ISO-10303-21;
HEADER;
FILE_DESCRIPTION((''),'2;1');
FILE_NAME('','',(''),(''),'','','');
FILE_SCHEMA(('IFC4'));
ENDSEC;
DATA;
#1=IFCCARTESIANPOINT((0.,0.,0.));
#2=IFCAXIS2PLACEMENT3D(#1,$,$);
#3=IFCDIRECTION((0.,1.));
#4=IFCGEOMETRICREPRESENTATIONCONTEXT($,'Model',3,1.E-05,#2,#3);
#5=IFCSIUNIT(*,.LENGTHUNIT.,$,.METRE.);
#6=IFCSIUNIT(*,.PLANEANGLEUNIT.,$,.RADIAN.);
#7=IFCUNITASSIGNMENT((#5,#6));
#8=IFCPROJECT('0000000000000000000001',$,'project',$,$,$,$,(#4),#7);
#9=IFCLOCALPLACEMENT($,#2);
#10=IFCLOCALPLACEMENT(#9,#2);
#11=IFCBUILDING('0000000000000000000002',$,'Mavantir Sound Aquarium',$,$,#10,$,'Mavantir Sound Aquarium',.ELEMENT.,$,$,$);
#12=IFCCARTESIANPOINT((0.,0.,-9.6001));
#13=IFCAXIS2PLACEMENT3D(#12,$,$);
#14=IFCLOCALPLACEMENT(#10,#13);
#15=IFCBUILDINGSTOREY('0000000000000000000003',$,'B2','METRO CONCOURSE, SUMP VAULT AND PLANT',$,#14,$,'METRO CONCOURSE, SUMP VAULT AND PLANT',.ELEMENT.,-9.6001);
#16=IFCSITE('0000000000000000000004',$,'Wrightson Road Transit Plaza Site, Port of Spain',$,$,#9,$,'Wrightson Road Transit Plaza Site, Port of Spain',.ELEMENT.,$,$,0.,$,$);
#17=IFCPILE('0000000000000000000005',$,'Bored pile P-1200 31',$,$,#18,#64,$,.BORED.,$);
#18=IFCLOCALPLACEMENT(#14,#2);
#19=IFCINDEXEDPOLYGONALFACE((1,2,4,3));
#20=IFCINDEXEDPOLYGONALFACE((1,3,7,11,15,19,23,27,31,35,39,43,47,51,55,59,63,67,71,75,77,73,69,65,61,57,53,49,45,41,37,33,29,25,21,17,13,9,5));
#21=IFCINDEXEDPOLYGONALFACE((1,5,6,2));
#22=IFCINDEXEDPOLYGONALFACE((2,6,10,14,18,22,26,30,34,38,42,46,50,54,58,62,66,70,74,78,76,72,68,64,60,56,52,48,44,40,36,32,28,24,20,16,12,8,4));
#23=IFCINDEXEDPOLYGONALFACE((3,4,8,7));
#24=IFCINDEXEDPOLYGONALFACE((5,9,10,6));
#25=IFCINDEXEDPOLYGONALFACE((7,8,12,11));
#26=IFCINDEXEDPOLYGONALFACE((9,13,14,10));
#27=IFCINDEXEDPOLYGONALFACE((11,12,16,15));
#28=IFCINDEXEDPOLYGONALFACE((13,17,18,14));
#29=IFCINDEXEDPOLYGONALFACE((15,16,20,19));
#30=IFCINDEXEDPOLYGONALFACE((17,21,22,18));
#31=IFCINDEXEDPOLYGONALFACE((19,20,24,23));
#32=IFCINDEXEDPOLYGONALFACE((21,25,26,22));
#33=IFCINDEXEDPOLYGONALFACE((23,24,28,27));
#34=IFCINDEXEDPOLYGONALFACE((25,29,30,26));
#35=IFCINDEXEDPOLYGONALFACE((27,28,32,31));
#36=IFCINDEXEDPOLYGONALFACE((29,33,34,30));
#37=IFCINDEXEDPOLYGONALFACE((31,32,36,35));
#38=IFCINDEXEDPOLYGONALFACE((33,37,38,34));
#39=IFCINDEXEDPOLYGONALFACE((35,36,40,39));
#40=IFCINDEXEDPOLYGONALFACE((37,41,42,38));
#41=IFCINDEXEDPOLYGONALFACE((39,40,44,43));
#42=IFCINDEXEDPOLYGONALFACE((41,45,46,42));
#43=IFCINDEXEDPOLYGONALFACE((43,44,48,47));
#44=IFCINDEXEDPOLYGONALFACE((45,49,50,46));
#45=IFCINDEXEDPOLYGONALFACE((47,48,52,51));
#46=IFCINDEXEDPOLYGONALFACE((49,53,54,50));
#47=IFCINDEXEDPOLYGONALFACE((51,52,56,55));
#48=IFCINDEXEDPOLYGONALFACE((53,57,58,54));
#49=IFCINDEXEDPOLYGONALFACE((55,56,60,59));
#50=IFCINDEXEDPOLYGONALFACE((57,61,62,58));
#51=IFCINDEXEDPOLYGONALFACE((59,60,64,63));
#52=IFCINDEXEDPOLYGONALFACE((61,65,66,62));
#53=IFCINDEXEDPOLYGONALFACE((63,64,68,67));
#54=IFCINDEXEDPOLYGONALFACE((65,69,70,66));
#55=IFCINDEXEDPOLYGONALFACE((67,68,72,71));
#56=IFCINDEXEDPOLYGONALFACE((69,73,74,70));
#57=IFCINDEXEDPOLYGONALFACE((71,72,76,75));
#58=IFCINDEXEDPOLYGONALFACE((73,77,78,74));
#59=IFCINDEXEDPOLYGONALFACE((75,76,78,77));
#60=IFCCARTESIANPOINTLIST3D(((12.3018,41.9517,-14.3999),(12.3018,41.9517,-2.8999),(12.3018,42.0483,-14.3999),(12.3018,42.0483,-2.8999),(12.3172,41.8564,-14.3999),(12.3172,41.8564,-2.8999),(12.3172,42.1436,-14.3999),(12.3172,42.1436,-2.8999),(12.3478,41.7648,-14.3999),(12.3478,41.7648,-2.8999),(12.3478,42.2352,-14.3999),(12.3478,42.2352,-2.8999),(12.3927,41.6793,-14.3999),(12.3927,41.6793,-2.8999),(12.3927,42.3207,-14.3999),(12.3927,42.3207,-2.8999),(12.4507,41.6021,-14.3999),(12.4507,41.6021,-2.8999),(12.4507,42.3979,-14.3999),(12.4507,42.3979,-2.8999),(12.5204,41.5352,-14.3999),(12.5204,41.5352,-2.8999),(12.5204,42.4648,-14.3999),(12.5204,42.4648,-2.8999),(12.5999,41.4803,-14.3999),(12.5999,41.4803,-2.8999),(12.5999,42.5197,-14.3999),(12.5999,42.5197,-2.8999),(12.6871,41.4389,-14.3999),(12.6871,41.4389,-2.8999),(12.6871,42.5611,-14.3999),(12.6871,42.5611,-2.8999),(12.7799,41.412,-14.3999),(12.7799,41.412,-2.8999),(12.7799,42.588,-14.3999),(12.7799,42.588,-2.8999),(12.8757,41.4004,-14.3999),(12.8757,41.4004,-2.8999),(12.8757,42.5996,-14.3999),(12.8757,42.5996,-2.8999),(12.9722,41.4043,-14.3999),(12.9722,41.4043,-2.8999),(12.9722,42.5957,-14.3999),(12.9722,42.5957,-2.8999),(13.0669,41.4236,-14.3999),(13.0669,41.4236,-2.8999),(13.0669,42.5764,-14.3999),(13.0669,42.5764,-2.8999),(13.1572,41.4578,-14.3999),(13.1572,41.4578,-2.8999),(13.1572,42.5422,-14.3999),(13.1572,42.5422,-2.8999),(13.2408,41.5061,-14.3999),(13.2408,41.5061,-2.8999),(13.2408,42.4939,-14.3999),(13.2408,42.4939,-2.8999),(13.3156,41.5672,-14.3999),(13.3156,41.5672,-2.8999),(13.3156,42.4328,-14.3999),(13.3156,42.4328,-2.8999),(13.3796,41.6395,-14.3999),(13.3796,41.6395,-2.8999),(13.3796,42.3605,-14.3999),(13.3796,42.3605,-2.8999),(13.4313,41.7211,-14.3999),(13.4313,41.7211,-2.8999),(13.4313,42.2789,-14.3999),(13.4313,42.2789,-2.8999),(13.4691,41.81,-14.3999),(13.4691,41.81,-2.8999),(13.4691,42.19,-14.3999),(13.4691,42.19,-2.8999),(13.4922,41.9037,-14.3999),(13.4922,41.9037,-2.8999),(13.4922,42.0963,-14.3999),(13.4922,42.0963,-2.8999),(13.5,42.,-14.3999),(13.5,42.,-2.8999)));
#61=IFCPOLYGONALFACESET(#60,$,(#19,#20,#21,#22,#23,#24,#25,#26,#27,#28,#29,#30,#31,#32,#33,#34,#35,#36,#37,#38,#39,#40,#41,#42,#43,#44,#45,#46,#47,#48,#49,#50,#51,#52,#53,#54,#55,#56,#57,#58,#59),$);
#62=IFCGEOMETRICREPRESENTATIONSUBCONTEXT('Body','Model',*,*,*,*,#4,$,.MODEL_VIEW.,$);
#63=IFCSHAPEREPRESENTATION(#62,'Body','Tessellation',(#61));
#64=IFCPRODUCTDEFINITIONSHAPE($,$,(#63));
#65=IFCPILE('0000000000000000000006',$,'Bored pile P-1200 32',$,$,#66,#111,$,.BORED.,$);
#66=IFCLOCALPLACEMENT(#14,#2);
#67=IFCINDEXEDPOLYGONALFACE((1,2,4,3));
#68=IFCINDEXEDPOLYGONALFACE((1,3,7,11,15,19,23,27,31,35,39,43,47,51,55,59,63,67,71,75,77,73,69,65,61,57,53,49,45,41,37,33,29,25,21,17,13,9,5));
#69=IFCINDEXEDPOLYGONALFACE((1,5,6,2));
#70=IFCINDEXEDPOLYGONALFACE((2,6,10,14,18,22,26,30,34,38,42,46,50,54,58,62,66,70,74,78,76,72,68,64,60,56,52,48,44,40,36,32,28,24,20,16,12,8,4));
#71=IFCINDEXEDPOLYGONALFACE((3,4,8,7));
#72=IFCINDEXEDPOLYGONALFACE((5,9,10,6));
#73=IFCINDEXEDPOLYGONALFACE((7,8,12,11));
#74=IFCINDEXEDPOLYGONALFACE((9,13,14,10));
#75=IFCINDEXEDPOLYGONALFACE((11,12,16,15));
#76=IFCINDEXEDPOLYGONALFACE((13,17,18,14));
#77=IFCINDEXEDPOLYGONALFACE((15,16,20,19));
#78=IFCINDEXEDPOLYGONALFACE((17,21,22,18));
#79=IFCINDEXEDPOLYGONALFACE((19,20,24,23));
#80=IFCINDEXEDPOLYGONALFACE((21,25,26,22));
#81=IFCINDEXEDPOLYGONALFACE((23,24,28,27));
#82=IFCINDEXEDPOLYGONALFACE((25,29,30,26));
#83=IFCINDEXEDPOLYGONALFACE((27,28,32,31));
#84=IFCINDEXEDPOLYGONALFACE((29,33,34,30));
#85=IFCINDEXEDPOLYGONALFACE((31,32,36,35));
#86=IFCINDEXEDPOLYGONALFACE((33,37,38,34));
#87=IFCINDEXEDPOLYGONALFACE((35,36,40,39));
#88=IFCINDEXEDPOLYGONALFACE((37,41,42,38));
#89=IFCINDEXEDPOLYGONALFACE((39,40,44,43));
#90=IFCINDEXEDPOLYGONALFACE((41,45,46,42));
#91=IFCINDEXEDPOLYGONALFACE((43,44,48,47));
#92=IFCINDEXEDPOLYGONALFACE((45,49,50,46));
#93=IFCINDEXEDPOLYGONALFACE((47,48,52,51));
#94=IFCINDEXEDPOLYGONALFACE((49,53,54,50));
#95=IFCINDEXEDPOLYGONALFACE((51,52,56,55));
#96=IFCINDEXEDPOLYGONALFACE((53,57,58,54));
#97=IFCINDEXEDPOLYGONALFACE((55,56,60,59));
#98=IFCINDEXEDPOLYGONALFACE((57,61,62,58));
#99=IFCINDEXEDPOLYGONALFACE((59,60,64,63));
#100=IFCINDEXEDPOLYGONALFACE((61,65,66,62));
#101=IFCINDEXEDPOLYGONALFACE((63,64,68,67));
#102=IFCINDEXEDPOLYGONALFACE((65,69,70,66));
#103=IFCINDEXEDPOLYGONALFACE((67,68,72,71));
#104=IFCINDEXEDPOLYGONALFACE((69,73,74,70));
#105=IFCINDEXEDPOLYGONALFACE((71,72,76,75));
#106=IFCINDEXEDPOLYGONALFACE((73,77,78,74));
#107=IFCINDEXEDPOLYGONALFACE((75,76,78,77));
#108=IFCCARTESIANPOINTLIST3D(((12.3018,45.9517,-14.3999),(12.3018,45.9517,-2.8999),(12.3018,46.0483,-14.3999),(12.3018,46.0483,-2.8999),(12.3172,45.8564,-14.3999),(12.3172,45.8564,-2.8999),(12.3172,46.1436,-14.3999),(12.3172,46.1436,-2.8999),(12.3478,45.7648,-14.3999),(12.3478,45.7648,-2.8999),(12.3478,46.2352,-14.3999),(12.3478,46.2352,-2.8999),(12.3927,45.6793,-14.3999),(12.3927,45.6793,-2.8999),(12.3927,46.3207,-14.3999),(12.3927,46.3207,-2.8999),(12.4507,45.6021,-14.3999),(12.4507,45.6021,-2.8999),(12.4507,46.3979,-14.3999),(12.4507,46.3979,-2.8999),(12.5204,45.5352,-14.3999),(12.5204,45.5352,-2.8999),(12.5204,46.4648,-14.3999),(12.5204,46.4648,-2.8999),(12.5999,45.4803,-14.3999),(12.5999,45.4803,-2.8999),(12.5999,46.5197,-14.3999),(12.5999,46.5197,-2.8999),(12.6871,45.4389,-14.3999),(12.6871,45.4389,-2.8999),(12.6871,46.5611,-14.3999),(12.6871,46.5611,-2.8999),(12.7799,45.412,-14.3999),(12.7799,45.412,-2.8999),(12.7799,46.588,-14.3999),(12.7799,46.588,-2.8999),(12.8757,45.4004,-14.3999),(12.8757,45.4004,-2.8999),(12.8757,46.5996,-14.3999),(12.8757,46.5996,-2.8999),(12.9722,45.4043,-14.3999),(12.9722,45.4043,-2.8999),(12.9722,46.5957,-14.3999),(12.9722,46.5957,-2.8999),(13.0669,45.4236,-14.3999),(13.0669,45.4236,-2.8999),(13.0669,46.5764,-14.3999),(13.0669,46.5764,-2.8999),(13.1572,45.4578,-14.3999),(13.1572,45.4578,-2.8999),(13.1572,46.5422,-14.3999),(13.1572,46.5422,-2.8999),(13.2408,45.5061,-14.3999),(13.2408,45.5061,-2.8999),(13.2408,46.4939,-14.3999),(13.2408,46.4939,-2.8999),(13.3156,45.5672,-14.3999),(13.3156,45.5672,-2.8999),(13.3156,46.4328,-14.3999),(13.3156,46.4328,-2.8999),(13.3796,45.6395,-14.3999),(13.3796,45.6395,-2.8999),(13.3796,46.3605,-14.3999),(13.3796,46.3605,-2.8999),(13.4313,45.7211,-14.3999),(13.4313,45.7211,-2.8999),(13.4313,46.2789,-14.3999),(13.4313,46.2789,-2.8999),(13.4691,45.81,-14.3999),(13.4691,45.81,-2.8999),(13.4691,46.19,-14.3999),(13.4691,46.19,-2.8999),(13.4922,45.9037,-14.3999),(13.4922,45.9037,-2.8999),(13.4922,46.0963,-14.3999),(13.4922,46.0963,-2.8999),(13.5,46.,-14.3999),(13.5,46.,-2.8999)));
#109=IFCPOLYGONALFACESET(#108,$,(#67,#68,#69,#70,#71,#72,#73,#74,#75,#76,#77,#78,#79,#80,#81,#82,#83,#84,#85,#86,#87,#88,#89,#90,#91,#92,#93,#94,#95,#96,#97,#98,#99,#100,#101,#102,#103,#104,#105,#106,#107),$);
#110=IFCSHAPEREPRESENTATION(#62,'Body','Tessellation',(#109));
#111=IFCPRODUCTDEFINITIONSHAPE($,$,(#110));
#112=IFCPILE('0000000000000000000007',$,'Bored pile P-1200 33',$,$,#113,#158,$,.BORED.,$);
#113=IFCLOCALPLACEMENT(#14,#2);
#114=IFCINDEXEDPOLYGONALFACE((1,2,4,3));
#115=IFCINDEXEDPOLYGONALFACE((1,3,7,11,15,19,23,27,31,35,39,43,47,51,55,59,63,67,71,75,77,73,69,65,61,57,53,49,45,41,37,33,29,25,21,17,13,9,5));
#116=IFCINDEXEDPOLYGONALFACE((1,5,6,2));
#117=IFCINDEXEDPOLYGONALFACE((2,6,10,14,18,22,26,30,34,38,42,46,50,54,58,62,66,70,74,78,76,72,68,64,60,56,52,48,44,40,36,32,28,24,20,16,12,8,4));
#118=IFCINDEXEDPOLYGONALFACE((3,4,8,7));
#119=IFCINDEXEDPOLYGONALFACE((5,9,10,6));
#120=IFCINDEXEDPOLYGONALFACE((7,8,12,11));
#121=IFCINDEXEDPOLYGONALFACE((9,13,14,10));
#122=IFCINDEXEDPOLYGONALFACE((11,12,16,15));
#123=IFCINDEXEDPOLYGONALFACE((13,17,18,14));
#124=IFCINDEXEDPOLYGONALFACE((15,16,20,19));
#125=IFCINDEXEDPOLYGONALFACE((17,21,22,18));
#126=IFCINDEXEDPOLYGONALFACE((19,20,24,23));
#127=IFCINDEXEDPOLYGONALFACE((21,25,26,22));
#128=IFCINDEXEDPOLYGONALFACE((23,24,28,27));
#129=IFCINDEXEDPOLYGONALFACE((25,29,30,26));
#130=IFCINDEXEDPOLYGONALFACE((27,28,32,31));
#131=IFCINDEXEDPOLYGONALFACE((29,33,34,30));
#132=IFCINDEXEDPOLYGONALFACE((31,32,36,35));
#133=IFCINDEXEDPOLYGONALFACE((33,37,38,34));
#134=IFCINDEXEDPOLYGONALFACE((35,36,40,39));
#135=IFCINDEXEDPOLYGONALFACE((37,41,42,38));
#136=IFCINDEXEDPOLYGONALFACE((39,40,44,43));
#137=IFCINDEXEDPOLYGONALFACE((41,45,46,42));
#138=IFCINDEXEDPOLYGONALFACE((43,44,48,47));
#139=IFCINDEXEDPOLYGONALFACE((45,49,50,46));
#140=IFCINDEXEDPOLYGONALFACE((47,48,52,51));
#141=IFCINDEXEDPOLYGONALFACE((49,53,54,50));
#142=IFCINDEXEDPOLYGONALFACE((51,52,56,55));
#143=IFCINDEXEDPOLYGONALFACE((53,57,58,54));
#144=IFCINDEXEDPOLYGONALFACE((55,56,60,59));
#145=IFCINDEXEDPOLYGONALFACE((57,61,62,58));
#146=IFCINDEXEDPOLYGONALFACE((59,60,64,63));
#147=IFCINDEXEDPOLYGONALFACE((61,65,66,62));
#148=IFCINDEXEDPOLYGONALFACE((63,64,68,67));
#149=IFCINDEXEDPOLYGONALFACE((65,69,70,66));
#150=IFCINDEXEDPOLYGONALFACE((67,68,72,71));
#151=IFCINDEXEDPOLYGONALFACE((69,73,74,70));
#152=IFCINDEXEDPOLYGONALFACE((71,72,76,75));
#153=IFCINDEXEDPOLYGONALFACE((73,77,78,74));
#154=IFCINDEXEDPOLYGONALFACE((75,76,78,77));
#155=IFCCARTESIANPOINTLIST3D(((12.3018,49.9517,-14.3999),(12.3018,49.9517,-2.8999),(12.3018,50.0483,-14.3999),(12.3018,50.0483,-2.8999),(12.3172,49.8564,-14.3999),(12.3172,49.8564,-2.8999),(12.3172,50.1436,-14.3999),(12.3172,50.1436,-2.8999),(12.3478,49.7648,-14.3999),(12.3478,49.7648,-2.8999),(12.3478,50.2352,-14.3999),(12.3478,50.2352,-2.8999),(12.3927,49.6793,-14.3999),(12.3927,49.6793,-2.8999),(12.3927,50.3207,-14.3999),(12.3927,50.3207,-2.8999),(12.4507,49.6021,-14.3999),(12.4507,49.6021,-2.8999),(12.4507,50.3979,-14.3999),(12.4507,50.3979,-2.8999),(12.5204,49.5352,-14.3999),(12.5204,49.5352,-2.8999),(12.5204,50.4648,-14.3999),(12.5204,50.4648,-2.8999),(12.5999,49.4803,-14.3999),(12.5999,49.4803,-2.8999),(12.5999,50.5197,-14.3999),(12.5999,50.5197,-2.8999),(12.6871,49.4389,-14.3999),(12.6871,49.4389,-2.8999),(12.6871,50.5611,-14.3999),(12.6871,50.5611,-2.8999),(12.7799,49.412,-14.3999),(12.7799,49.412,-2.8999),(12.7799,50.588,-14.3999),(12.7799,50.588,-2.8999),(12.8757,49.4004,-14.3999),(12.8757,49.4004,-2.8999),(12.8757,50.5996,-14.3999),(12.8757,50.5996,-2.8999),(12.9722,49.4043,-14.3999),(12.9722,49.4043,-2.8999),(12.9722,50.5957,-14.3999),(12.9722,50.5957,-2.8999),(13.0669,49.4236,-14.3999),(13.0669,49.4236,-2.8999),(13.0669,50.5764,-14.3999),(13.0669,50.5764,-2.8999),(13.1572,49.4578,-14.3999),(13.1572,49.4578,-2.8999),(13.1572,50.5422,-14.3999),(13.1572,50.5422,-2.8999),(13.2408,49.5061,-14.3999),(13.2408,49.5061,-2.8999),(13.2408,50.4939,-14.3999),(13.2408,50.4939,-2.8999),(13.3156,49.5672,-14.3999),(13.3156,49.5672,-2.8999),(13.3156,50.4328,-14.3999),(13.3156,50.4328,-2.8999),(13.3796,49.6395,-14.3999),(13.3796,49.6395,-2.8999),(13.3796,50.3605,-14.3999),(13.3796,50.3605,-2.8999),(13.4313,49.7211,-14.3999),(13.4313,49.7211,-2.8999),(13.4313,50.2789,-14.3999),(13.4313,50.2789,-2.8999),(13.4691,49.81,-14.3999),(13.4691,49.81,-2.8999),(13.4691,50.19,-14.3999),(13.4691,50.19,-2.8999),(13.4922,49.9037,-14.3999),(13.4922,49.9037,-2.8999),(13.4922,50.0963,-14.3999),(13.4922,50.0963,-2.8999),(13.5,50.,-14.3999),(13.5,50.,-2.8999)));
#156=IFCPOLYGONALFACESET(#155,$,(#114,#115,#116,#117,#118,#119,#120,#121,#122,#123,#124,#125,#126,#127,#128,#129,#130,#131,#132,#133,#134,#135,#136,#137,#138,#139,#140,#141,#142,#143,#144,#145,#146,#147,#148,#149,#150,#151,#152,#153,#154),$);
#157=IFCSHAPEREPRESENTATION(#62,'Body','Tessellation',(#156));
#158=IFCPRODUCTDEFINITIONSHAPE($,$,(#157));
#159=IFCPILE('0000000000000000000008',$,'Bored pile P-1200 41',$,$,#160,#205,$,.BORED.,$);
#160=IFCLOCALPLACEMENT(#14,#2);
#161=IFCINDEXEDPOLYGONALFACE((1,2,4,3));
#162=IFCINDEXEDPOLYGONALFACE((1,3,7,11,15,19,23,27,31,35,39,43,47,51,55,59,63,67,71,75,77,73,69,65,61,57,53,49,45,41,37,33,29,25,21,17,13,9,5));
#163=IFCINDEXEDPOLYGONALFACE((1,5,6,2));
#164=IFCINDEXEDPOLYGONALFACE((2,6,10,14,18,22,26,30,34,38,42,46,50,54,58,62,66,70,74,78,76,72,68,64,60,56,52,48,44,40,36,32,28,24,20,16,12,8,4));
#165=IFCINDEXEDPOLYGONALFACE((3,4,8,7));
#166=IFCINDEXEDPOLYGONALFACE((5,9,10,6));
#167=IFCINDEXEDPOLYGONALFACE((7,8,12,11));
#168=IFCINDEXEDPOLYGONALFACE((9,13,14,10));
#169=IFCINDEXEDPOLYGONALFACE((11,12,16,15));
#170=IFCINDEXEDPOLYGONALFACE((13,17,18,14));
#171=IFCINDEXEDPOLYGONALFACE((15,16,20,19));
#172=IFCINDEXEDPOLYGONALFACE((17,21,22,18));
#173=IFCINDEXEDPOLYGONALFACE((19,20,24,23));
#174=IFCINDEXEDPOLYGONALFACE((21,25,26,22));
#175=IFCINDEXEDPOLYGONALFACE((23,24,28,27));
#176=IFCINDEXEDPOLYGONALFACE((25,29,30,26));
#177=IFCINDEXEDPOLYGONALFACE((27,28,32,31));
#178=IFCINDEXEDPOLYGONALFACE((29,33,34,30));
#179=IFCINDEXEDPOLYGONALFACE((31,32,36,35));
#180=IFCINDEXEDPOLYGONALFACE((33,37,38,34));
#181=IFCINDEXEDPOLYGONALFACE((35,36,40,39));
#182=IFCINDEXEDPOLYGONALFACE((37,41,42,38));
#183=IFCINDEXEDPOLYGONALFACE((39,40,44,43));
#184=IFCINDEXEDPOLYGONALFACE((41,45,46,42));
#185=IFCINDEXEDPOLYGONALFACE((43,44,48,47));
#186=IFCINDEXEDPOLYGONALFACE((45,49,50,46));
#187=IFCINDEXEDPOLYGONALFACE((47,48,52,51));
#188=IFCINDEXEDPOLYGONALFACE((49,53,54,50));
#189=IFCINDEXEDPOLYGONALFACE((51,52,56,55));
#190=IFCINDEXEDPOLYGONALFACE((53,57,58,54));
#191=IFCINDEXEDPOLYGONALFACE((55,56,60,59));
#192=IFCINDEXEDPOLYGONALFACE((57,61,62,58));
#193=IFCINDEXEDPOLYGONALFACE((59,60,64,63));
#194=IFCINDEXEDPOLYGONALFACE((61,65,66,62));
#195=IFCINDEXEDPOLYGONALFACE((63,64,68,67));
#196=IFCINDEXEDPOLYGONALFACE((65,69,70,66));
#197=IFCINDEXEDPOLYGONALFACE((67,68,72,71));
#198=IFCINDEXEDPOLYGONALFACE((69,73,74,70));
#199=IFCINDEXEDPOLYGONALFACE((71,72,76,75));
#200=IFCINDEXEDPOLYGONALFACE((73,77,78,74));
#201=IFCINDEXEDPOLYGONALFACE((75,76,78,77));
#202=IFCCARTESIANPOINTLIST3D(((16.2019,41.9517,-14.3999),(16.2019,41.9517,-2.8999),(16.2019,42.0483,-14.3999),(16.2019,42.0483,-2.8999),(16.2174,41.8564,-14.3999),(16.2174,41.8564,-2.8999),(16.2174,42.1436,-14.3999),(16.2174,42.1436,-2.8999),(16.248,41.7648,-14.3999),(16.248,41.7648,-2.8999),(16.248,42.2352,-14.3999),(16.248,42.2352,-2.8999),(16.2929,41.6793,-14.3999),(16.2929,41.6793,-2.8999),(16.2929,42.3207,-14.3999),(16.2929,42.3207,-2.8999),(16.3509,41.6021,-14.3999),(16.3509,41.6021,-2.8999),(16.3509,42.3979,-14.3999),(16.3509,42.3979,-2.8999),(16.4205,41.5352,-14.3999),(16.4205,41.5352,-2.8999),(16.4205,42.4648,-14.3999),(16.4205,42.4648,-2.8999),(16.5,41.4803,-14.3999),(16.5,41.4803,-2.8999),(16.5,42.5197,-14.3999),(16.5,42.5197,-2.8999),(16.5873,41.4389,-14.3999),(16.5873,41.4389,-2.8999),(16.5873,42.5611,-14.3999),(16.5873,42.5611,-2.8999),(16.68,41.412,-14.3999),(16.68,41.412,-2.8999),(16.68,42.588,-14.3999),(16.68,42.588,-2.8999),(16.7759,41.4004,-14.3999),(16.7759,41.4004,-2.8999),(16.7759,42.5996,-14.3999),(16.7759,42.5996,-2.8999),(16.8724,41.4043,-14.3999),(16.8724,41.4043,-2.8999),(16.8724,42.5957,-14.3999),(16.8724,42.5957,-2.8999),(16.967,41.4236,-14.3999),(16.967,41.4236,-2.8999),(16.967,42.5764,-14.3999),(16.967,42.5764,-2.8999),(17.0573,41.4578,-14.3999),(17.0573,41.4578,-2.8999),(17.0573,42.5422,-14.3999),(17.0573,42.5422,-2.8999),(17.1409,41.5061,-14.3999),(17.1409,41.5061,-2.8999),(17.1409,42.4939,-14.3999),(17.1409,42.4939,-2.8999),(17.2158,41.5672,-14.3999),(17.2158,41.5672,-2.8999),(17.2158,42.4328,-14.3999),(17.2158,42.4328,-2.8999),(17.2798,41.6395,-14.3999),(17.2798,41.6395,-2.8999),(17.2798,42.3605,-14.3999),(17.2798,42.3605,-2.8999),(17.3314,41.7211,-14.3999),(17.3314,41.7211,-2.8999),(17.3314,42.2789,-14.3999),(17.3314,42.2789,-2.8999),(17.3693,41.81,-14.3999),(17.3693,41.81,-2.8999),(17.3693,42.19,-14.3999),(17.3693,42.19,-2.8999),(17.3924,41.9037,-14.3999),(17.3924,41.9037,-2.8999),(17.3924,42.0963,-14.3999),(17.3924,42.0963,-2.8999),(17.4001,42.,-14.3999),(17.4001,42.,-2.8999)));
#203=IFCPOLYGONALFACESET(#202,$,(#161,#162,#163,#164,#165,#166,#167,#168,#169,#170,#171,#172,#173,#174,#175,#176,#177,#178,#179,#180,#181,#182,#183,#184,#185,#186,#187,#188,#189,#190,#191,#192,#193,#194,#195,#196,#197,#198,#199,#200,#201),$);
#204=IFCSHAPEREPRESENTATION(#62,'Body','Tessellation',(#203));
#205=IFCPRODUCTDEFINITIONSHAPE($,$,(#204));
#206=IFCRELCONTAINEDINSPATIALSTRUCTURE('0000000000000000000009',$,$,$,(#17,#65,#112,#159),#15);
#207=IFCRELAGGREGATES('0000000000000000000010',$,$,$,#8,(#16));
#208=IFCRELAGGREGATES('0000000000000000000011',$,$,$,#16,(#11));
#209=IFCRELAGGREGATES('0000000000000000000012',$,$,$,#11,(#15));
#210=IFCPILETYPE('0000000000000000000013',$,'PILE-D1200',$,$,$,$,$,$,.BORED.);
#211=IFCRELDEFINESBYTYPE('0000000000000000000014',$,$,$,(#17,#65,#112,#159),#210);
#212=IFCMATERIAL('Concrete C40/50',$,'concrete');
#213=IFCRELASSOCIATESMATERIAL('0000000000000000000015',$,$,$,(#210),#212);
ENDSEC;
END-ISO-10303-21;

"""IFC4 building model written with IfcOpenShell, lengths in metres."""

from ifc_helpers import new_model, si_unit, direction, frame, origin, origin_2d, place, context, subcontext, project, spatial, circle, extrude, material, material_profile, profile_set, type_object, element, save


model = new_model("IFC4")

# Units and contexts
model_context = context("Model", 3, precision=1e-05, world=origin(), true_north=direction((0.0, 1.0)))
body_context = subcontext(model_context, "Body", "Model", "MODEL_VIEW")
ifc_project = project(units=[si_unit("LENGTHUNIT", "METRE"), si_unit("PLANEANGLEUNIT", "RADIAN")], contexts=[model_context])

# Site, building, storey
site_placement = place(None, origin())
site = spatial("IfcSite", under=ifc_project, at=site_placement, Name="Wrightson Road Transit Plaza Site, Port of Spain", LongName="Wrightson Road Transit Plaza Site, Port of Spain", CompositionType="ELEMENT", RefElevation=0.0)
building_placement = place(site_placement, origin())
building = spatial("IfcBuilding", under=site, at=building_placement, Name="Mavantir Sound Aquarium", LongName="Mavantir Sound Aquarium", CompositionType="ELEMENT")
storey_placement = place(building_placement, frame((0.0, 0.0, -9.6001)))
storey = spatial("IfcBuildingStorey", under=building, at=storey_placement, Name="B2", Description="METRO CONCOURSE, SUMP VAULT AND PLANT", LongName="METRO CONCOURSE, SUMP VAULT AND PLANT", CompositionType="ELEMENT", Elevation=-9.6001)

# Piles
ifc_material_1 = material(Name="Concrete C40/50", Category="concrete")
ifc_material_profile_1 = material_profile(ifc_material_1, circle(Radius=0.6001, at=origin_2d()), Name="PILE D1200")
ifc_profile_set_1 = profile_set([ifc_material_profile_1], Name="Concrete C40/50")
pile_type = type_object("IfcPileType", Name="PILE-D1200", PredefinedType="BORED", material=ifc_profile_set_1)
for number, where, z_axis, x_axis, name in (
    (1, (12.8999, 42.0, -2.8999), (0.0, 0.0, -1.0), (1.0, 0.0, 0.0), "Bored pile P-1200 31"),
    (2, (12.8999, 46.0, -2.8999), (0.0, 0.0, -1.0), (1.0, 0.0, 0.0), "Bored pile P-1200 32"),
    (3, (12.8999, 50.0, -2.8999), (0.0, 0.0, -1.0), (1.0, 0.0, 0.0), "Bored pile P-1200 33"),
    (4, (16.8, 42.0, -2.8999), (0.0, 0.0, -1.0), (1.0, 0.0, 0.0), "Bored pile P-1200 41"),
):
    element("IfcPile", number, at=place(storey_placement, frame(where, z_axis=z_axis, x_axis=x_axis)), inside=storey, type_object=pile_type, Name=name, PredefinedType="BORED", context=body_context, shape_type="SweptSolid", body=[
        extrude(circle(Radius=0.6001, at=origin_2d()), origin(), (0.0, 0.0, 1.0), 11.5),
    ])

save(model, "model.ifc")
